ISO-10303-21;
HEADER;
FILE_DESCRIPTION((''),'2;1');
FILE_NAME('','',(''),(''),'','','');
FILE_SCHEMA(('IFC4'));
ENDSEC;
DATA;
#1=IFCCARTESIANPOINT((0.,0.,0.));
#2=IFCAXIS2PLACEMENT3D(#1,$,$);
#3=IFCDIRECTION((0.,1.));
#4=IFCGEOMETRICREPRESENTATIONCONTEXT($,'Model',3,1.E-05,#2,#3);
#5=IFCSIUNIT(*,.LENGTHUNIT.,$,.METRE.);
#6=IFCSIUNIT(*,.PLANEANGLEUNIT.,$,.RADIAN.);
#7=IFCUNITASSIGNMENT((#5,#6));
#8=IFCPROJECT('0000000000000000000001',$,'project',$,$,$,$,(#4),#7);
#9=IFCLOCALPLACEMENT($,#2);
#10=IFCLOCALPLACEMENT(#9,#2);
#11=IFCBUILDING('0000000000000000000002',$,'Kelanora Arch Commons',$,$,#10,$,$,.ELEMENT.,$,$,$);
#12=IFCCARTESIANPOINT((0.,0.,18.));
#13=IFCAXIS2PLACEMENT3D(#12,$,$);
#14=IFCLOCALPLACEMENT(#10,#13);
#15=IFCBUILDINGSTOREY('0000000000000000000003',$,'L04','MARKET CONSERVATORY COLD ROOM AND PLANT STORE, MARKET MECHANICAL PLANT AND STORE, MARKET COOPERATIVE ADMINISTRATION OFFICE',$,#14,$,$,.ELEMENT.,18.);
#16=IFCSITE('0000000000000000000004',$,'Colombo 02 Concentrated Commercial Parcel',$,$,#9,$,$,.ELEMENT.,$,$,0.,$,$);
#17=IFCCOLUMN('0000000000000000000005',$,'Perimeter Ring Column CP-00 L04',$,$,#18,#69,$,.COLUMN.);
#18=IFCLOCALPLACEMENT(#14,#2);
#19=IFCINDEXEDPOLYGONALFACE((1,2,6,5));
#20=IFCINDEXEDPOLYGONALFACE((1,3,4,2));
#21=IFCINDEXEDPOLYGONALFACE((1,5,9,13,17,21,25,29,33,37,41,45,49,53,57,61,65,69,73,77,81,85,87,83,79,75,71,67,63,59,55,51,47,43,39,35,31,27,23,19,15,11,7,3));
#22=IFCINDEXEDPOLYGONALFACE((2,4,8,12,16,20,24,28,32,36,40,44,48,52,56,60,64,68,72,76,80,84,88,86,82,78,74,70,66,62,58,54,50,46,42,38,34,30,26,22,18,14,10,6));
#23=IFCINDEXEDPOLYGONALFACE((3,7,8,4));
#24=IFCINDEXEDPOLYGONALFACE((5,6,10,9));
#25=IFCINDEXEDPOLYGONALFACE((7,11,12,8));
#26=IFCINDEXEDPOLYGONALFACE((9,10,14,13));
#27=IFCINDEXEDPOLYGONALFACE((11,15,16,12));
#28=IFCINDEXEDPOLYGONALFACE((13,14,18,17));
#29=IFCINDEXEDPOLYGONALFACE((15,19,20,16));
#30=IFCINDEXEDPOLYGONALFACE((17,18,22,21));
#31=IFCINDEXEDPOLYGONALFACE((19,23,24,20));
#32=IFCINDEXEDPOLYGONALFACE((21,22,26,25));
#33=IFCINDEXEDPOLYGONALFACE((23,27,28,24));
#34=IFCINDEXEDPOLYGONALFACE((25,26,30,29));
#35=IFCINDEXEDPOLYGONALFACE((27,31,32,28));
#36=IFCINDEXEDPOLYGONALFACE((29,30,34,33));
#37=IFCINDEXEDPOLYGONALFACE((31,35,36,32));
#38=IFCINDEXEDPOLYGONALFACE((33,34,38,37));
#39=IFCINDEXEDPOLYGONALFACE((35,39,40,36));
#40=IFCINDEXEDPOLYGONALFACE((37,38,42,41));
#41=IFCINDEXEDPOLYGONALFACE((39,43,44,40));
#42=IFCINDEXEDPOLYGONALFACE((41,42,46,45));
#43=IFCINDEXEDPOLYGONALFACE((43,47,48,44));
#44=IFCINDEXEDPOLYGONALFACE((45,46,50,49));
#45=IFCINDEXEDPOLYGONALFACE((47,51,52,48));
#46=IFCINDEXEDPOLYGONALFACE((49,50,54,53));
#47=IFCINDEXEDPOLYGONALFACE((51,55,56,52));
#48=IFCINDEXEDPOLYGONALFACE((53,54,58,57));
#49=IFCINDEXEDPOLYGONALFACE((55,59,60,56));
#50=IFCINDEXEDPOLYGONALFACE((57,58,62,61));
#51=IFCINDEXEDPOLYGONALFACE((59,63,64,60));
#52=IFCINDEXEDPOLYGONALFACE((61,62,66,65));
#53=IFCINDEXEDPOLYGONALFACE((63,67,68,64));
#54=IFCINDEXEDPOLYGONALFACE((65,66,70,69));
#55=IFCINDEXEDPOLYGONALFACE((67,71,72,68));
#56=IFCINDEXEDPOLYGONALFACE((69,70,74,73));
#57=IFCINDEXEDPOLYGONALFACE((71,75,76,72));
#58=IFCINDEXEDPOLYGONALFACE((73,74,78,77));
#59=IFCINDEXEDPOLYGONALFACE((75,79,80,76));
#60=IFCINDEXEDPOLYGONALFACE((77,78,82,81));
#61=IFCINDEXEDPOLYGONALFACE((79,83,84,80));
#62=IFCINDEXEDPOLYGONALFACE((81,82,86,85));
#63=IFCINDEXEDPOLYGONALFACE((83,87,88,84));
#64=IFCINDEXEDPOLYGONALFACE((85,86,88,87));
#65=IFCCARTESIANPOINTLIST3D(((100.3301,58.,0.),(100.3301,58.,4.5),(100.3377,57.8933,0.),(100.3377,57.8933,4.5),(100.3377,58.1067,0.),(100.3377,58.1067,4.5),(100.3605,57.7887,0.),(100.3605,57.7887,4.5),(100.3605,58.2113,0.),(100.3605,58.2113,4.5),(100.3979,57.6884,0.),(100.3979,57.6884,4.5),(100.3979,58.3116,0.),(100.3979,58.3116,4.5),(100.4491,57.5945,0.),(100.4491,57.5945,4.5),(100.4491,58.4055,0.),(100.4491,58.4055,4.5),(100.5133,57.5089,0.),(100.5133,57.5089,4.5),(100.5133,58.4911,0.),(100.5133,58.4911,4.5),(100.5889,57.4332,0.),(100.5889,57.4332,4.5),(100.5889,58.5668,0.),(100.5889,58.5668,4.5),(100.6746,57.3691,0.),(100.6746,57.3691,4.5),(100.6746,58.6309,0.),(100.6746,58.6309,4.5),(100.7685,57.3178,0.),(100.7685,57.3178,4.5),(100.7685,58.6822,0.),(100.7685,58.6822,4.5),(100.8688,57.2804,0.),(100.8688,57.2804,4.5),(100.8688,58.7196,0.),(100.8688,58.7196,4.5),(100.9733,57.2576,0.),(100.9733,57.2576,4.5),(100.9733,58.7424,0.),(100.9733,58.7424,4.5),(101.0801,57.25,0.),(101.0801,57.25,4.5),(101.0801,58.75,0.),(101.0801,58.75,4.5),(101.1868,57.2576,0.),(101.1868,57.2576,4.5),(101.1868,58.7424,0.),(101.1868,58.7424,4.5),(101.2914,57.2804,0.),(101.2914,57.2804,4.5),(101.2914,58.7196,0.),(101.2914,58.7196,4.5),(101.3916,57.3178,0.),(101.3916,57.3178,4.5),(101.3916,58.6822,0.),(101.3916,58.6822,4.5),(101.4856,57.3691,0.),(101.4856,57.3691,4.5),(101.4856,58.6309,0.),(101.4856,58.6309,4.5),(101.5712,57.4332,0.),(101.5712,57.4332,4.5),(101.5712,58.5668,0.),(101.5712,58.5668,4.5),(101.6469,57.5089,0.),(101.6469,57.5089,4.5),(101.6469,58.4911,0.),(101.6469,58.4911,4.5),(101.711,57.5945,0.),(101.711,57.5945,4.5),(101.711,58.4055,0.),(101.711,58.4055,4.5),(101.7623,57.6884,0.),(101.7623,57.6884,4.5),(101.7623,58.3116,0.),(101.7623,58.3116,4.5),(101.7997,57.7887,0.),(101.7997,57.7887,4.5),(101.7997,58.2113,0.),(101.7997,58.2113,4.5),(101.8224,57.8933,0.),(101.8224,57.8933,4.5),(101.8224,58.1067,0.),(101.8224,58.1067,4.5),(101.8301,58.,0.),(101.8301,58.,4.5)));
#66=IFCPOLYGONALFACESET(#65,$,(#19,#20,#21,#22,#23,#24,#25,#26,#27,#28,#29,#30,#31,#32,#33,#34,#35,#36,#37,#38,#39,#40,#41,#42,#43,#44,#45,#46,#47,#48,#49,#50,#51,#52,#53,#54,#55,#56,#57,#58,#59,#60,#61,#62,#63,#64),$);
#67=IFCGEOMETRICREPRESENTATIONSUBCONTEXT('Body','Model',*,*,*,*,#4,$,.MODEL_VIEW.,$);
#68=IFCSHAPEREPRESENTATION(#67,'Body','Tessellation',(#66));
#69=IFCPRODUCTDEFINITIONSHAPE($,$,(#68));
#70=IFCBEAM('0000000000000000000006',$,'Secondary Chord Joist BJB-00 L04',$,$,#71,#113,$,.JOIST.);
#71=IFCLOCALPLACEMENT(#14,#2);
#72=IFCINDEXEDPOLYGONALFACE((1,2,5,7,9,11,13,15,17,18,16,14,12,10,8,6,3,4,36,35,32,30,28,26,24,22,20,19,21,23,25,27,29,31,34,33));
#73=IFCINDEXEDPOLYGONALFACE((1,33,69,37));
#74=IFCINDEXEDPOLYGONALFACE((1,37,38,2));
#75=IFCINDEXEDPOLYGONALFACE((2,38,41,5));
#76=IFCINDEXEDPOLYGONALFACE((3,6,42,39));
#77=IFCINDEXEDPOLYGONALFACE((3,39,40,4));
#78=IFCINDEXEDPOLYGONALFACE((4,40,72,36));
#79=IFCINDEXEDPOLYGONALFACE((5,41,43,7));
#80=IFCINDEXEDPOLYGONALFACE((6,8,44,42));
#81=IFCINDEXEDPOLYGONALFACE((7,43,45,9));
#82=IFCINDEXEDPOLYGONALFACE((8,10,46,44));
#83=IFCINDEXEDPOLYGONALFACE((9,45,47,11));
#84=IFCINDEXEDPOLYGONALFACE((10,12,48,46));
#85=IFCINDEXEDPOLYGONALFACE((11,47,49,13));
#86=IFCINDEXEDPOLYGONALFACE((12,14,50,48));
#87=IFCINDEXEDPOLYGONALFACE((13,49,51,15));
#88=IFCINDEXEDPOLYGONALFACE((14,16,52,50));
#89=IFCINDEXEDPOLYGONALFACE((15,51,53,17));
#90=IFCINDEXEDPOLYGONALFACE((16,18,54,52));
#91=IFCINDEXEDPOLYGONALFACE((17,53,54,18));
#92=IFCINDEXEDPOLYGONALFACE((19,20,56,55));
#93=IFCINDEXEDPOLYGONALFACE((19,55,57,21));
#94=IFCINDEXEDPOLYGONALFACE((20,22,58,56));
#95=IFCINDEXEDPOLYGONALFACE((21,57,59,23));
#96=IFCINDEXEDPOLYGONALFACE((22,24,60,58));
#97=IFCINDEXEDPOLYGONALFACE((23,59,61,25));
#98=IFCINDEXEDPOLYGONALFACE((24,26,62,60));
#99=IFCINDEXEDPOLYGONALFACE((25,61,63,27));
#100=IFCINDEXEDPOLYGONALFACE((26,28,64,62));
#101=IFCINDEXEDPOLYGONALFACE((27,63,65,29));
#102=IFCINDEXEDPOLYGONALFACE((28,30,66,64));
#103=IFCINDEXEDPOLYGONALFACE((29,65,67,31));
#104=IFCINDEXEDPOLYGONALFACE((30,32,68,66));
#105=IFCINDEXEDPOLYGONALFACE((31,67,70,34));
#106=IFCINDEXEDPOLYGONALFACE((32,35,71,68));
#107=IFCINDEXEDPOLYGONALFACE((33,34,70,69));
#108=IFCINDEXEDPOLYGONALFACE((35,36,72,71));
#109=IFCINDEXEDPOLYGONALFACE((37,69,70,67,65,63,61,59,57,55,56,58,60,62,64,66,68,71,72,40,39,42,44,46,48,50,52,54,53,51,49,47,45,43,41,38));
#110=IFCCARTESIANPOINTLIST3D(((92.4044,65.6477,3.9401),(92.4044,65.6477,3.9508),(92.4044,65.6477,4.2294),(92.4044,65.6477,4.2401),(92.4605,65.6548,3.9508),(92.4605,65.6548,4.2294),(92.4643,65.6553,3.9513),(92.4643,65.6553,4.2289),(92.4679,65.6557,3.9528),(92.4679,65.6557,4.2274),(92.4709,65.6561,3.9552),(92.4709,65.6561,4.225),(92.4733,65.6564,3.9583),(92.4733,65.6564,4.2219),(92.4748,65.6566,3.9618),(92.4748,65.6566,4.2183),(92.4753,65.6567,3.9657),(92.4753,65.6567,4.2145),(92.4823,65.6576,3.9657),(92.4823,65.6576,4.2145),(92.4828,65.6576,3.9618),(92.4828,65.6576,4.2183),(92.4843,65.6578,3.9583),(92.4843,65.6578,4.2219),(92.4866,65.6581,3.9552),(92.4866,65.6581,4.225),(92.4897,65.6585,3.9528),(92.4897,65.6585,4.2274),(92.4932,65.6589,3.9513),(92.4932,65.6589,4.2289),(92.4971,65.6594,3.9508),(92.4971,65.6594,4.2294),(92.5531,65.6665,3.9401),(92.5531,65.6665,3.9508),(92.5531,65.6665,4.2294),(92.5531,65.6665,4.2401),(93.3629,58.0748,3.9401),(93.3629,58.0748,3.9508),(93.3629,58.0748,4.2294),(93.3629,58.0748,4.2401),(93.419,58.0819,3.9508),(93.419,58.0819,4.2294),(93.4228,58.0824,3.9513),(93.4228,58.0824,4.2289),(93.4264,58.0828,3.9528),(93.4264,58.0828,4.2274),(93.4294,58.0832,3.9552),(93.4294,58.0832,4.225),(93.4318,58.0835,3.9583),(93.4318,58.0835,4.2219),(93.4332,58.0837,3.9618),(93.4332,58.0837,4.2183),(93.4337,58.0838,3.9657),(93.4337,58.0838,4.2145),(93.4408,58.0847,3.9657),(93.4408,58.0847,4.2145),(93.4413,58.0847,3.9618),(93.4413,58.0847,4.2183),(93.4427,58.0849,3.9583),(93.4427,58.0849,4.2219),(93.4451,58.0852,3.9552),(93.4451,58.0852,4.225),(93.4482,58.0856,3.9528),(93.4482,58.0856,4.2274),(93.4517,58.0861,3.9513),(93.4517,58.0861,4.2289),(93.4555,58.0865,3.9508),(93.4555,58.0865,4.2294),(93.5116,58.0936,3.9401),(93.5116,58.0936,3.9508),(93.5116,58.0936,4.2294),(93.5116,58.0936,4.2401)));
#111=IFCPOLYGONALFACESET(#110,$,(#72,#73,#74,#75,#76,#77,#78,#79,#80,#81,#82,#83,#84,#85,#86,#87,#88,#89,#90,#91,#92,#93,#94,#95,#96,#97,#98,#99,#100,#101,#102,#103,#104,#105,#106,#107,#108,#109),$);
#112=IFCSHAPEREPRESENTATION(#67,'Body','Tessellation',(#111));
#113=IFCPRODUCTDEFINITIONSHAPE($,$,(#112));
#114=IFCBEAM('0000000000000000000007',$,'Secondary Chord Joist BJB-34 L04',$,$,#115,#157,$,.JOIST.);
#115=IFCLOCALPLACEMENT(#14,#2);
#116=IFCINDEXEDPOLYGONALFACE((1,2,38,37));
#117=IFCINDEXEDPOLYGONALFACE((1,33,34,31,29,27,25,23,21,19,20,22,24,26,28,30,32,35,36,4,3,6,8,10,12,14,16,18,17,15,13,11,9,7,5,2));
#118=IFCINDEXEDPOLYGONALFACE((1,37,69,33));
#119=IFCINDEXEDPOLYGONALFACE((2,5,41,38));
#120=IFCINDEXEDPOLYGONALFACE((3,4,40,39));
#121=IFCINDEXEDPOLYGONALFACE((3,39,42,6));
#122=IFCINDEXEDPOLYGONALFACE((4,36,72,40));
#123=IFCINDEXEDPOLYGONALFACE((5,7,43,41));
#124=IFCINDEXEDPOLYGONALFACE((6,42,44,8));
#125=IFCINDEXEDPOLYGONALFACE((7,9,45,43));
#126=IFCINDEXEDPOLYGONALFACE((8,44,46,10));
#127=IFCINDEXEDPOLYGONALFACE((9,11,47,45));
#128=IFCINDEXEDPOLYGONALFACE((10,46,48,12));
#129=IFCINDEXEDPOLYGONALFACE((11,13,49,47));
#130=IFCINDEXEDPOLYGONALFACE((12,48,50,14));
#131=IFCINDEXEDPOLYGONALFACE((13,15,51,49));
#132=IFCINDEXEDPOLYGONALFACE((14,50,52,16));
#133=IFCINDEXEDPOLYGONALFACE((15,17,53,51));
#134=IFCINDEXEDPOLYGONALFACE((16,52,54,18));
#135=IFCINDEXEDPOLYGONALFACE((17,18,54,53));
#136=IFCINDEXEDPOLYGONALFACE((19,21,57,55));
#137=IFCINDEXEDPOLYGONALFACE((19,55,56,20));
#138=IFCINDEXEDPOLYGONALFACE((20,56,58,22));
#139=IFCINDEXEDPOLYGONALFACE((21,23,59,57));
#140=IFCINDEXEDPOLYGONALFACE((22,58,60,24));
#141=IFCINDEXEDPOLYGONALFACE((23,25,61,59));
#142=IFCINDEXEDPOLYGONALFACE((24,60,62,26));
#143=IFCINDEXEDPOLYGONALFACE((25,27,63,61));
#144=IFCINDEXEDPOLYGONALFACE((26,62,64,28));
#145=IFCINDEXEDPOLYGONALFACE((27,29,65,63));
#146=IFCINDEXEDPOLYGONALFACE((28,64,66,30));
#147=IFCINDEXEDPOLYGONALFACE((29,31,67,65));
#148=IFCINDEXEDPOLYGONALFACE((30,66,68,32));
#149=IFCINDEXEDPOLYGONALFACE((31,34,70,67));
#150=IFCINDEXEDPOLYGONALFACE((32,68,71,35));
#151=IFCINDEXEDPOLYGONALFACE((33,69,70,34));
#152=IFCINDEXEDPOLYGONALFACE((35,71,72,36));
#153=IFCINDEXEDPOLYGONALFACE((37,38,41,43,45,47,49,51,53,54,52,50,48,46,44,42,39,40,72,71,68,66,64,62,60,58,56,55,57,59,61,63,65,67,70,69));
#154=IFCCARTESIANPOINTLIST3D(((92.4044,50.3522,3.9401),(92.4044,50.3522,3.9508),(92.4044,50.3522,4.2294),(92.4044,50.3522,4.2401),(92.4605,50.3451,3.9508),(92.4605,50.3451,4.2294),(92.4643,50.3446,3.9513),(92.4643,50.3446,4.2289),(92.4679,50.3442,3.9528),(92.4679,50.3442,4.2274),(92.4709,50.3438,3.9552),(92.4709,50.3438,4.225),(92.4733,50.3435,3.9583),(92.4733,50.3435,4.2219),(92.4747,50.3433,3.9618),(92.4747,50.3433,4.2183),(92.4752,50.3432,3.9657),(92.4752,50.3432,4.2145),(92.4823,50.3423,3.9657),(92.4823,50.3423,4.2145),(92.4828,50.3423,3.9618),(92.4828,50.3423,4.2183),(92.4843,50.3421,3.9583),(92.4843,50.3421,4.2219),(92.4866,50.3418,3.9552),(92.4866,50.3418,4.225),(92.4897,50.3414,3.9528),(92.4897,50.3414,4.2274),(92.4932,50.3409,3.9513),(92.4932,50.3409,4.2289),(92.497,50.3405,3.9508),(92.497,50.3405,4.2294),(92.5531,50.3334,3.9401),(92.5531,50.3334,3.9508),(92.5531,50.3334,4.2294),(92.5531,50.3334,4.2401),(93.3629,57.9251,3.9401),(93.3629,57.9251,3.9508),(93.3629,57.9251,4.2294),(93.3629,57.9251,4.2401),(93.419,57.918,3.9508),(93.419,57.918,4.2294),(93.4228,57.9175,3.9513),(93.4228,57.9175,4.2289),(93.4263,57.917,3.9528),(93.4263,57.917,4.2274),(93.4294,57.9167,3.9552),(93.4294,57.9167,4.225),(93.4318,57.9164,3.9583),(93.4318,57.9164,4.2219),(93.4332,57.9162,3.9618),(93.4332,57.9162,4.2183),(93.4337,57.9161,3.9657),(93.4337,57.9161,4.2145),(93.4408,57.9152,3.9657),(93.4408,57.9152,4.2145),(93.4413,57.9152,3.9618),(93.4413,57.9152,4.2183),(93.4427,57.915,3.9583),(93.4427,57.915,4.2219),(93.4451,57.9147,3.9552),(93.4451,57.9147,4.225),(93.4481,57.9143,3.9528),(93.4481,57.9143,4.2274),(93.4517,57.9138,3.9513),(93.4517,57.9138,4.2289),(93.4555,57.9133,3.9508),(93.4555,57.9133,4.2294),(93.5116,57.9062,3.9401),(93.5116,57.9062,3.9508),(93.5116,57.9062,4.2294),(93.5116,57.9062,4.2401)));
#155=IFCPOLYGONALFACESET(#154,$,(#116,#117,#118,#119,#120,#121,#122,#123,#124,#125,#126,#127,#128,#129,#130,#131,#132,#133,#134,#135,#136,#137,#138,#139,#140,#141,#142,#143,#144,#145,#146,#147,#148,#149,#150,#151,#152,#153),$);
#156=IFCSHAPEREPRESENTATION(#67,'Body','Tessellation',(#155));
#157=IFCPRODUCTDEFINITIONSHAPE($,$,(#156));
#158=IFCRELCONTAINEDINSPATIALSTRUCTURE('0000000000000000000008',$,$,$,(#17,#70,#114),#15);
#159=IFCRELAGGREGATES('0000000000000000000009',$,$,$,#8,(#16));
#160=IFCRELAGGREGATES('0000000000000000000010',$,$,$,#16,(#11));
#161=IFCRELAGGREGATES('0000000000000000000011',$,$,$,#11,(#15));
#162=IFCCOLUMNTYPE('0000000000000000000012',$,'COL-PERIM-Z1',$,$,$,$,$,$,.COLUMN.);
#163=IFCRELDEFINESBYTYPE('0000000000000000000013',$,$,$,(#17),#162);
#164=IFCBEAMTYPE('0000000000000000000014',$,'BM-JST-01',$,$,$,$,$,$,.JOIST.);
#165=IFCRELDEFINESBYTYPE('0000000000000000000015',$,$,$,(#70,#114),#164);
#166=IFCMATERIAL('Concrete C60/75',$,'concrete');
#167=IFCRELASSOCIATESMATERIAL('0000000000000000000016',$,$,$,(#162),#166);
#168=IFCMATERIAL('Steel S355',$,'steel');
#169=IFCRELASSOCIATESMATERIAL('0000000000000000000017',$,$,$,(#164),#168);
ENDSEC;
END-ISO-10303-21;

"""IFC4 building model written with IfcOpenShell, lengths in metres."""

from ifc_helpers import new_model, si_unit, direction, frame, origin, origin_2d, place, context, subcontext, project, spatial, circle, i_section, extrude, material, material_profile, profile_set, type_object, element, save


model = new_model("IFC4")

# Units and contexts
model_context = context("Model", 3, precision=1e-05, world=origin(), true_north=direction((0.0, 1.0)))
body_context = subcontext(model_context, "Body", "Model", "MODEL_VIEW")
ifc_project = project(units=[si_unit("LENGTHUNIT", "METRE"), si_unit("PLANEANGLEUNIT", "RADIAN")], contexts=[model_context])

# Site, building, storey
site_placement = place(None, origin())
site = spatial("IfcSite", under=ifc_project, at=site_placement, Name="Colombo 02 Concentrated Commercial Parcel", CompositionType="ELEMENT", RefElevation=0.0)
building_placement = place(site_placement, origin())
building = spatial("IfcBuilding", under=site, at=building_placement, Name="Kelanora Arch Commons", CompositionType="ELEMENT")
storey_placement = place(building_placement, frame((0.0, 0.0, 18.0)))
storey = spatial("IfcBuildingStorey", under=building, at=storey_placement, Name="L04", Description="MARKET CONSERVATORY COLD ROOM AND PLANT STORE, MARKET MECHANICAL PLANT AND STORE, MARKET COOPERATIVE ADMINISTRATION OFFICE", CompositionType="ELEMENT", Elevation=18.0)

# Column
ifc_material_1 = material(Name="Concrete C60/75", Category="concrete")
ifc_material_profile_1 = material_profile(ifc_material_1, circle(Radius=0.75, at=origin_2d()), Name="RCC1500")
ifc_profile_set_1 = profile_set([ifc_material_profile_1], Name="Concrete C60/75")
column_type = type_object("IfcColumnType", Name="COL-PERIM-Z1", PredefinedType="COLUMN", material=ifc_profile_set_1)
column_placement = place(storey_placement, frame((101.0801, 58.0, 0.0), z_axis=(0.0, 0.0, 1.0), x_axis=(1.0, 0.0, 0.0)))
element("IfcColumn", 1, at=column_placement, inside=storey, type_object=column_type, Name="Perimeter Ring Column CP-00 L04", PredefinedType="COLUMN", context=body_context, shape_type="SweptSolid", body=[
    extrude(circle(Radius=0.75, at=origin_2d()), origin(), (0.0, 0.0, 1.0), 4.5),
])

# Beams
ifc_material_2 = material(Name="Steel S355", Category="steel")
ifc_material_profile_2 = material_profile(ifc_material_2, i_section(OverallWidth=0.1499, OverallDepth=0.3, WebThickness=0.0071, FlangeThickness=0.0107, FilletRadius=0.0149, at=origin_2d()), Name="IPE300")
ifc_profile_set_2 = profile_set([ifc_material_profile_2], Name="Steel S355")
beam_type_1 = type_object("IfcBeamType", Name="BM-JST-01", PredefinedType="JOIST", material=ifc_profile_set_2)
for number, where, z_axis, x_axis, name in (
    (2, (93.4373, 58.0842, 4.0901), (-0.125566, 0.992085, 0.0), (-0.992085, -0.125566, 0.0), "Secondary Chord Joist BJB-00 L04"),
    (3, (92.4788, 50.3428, 4.0901), (0.125566, 0.992085, 0.0), (-0.992085, 0.125566, 0.0), "Secondary Chord Joist BJB-34 L04"),
):
    element("IfcBeam", number, at=place(storey_placement, frame(where, z_axis=z_axis, x_axis=x_axis)), inside=storey, type_object=beam_type_1, Name=name, PredefinedType="JOIST", context=body_context, shape_type="SweptSolid", body=[
        extrude(i_section(OverallWidth=0.1499, OverallDepth=0.3, WebThickness=0.0071, FlangeThickness=0.0107, FilletRadius=0.0149, at=origin_2d()), origin(), (0.0, 0.0, 1.0), 7.6333),
    ])

save(model, "model.ifc")
